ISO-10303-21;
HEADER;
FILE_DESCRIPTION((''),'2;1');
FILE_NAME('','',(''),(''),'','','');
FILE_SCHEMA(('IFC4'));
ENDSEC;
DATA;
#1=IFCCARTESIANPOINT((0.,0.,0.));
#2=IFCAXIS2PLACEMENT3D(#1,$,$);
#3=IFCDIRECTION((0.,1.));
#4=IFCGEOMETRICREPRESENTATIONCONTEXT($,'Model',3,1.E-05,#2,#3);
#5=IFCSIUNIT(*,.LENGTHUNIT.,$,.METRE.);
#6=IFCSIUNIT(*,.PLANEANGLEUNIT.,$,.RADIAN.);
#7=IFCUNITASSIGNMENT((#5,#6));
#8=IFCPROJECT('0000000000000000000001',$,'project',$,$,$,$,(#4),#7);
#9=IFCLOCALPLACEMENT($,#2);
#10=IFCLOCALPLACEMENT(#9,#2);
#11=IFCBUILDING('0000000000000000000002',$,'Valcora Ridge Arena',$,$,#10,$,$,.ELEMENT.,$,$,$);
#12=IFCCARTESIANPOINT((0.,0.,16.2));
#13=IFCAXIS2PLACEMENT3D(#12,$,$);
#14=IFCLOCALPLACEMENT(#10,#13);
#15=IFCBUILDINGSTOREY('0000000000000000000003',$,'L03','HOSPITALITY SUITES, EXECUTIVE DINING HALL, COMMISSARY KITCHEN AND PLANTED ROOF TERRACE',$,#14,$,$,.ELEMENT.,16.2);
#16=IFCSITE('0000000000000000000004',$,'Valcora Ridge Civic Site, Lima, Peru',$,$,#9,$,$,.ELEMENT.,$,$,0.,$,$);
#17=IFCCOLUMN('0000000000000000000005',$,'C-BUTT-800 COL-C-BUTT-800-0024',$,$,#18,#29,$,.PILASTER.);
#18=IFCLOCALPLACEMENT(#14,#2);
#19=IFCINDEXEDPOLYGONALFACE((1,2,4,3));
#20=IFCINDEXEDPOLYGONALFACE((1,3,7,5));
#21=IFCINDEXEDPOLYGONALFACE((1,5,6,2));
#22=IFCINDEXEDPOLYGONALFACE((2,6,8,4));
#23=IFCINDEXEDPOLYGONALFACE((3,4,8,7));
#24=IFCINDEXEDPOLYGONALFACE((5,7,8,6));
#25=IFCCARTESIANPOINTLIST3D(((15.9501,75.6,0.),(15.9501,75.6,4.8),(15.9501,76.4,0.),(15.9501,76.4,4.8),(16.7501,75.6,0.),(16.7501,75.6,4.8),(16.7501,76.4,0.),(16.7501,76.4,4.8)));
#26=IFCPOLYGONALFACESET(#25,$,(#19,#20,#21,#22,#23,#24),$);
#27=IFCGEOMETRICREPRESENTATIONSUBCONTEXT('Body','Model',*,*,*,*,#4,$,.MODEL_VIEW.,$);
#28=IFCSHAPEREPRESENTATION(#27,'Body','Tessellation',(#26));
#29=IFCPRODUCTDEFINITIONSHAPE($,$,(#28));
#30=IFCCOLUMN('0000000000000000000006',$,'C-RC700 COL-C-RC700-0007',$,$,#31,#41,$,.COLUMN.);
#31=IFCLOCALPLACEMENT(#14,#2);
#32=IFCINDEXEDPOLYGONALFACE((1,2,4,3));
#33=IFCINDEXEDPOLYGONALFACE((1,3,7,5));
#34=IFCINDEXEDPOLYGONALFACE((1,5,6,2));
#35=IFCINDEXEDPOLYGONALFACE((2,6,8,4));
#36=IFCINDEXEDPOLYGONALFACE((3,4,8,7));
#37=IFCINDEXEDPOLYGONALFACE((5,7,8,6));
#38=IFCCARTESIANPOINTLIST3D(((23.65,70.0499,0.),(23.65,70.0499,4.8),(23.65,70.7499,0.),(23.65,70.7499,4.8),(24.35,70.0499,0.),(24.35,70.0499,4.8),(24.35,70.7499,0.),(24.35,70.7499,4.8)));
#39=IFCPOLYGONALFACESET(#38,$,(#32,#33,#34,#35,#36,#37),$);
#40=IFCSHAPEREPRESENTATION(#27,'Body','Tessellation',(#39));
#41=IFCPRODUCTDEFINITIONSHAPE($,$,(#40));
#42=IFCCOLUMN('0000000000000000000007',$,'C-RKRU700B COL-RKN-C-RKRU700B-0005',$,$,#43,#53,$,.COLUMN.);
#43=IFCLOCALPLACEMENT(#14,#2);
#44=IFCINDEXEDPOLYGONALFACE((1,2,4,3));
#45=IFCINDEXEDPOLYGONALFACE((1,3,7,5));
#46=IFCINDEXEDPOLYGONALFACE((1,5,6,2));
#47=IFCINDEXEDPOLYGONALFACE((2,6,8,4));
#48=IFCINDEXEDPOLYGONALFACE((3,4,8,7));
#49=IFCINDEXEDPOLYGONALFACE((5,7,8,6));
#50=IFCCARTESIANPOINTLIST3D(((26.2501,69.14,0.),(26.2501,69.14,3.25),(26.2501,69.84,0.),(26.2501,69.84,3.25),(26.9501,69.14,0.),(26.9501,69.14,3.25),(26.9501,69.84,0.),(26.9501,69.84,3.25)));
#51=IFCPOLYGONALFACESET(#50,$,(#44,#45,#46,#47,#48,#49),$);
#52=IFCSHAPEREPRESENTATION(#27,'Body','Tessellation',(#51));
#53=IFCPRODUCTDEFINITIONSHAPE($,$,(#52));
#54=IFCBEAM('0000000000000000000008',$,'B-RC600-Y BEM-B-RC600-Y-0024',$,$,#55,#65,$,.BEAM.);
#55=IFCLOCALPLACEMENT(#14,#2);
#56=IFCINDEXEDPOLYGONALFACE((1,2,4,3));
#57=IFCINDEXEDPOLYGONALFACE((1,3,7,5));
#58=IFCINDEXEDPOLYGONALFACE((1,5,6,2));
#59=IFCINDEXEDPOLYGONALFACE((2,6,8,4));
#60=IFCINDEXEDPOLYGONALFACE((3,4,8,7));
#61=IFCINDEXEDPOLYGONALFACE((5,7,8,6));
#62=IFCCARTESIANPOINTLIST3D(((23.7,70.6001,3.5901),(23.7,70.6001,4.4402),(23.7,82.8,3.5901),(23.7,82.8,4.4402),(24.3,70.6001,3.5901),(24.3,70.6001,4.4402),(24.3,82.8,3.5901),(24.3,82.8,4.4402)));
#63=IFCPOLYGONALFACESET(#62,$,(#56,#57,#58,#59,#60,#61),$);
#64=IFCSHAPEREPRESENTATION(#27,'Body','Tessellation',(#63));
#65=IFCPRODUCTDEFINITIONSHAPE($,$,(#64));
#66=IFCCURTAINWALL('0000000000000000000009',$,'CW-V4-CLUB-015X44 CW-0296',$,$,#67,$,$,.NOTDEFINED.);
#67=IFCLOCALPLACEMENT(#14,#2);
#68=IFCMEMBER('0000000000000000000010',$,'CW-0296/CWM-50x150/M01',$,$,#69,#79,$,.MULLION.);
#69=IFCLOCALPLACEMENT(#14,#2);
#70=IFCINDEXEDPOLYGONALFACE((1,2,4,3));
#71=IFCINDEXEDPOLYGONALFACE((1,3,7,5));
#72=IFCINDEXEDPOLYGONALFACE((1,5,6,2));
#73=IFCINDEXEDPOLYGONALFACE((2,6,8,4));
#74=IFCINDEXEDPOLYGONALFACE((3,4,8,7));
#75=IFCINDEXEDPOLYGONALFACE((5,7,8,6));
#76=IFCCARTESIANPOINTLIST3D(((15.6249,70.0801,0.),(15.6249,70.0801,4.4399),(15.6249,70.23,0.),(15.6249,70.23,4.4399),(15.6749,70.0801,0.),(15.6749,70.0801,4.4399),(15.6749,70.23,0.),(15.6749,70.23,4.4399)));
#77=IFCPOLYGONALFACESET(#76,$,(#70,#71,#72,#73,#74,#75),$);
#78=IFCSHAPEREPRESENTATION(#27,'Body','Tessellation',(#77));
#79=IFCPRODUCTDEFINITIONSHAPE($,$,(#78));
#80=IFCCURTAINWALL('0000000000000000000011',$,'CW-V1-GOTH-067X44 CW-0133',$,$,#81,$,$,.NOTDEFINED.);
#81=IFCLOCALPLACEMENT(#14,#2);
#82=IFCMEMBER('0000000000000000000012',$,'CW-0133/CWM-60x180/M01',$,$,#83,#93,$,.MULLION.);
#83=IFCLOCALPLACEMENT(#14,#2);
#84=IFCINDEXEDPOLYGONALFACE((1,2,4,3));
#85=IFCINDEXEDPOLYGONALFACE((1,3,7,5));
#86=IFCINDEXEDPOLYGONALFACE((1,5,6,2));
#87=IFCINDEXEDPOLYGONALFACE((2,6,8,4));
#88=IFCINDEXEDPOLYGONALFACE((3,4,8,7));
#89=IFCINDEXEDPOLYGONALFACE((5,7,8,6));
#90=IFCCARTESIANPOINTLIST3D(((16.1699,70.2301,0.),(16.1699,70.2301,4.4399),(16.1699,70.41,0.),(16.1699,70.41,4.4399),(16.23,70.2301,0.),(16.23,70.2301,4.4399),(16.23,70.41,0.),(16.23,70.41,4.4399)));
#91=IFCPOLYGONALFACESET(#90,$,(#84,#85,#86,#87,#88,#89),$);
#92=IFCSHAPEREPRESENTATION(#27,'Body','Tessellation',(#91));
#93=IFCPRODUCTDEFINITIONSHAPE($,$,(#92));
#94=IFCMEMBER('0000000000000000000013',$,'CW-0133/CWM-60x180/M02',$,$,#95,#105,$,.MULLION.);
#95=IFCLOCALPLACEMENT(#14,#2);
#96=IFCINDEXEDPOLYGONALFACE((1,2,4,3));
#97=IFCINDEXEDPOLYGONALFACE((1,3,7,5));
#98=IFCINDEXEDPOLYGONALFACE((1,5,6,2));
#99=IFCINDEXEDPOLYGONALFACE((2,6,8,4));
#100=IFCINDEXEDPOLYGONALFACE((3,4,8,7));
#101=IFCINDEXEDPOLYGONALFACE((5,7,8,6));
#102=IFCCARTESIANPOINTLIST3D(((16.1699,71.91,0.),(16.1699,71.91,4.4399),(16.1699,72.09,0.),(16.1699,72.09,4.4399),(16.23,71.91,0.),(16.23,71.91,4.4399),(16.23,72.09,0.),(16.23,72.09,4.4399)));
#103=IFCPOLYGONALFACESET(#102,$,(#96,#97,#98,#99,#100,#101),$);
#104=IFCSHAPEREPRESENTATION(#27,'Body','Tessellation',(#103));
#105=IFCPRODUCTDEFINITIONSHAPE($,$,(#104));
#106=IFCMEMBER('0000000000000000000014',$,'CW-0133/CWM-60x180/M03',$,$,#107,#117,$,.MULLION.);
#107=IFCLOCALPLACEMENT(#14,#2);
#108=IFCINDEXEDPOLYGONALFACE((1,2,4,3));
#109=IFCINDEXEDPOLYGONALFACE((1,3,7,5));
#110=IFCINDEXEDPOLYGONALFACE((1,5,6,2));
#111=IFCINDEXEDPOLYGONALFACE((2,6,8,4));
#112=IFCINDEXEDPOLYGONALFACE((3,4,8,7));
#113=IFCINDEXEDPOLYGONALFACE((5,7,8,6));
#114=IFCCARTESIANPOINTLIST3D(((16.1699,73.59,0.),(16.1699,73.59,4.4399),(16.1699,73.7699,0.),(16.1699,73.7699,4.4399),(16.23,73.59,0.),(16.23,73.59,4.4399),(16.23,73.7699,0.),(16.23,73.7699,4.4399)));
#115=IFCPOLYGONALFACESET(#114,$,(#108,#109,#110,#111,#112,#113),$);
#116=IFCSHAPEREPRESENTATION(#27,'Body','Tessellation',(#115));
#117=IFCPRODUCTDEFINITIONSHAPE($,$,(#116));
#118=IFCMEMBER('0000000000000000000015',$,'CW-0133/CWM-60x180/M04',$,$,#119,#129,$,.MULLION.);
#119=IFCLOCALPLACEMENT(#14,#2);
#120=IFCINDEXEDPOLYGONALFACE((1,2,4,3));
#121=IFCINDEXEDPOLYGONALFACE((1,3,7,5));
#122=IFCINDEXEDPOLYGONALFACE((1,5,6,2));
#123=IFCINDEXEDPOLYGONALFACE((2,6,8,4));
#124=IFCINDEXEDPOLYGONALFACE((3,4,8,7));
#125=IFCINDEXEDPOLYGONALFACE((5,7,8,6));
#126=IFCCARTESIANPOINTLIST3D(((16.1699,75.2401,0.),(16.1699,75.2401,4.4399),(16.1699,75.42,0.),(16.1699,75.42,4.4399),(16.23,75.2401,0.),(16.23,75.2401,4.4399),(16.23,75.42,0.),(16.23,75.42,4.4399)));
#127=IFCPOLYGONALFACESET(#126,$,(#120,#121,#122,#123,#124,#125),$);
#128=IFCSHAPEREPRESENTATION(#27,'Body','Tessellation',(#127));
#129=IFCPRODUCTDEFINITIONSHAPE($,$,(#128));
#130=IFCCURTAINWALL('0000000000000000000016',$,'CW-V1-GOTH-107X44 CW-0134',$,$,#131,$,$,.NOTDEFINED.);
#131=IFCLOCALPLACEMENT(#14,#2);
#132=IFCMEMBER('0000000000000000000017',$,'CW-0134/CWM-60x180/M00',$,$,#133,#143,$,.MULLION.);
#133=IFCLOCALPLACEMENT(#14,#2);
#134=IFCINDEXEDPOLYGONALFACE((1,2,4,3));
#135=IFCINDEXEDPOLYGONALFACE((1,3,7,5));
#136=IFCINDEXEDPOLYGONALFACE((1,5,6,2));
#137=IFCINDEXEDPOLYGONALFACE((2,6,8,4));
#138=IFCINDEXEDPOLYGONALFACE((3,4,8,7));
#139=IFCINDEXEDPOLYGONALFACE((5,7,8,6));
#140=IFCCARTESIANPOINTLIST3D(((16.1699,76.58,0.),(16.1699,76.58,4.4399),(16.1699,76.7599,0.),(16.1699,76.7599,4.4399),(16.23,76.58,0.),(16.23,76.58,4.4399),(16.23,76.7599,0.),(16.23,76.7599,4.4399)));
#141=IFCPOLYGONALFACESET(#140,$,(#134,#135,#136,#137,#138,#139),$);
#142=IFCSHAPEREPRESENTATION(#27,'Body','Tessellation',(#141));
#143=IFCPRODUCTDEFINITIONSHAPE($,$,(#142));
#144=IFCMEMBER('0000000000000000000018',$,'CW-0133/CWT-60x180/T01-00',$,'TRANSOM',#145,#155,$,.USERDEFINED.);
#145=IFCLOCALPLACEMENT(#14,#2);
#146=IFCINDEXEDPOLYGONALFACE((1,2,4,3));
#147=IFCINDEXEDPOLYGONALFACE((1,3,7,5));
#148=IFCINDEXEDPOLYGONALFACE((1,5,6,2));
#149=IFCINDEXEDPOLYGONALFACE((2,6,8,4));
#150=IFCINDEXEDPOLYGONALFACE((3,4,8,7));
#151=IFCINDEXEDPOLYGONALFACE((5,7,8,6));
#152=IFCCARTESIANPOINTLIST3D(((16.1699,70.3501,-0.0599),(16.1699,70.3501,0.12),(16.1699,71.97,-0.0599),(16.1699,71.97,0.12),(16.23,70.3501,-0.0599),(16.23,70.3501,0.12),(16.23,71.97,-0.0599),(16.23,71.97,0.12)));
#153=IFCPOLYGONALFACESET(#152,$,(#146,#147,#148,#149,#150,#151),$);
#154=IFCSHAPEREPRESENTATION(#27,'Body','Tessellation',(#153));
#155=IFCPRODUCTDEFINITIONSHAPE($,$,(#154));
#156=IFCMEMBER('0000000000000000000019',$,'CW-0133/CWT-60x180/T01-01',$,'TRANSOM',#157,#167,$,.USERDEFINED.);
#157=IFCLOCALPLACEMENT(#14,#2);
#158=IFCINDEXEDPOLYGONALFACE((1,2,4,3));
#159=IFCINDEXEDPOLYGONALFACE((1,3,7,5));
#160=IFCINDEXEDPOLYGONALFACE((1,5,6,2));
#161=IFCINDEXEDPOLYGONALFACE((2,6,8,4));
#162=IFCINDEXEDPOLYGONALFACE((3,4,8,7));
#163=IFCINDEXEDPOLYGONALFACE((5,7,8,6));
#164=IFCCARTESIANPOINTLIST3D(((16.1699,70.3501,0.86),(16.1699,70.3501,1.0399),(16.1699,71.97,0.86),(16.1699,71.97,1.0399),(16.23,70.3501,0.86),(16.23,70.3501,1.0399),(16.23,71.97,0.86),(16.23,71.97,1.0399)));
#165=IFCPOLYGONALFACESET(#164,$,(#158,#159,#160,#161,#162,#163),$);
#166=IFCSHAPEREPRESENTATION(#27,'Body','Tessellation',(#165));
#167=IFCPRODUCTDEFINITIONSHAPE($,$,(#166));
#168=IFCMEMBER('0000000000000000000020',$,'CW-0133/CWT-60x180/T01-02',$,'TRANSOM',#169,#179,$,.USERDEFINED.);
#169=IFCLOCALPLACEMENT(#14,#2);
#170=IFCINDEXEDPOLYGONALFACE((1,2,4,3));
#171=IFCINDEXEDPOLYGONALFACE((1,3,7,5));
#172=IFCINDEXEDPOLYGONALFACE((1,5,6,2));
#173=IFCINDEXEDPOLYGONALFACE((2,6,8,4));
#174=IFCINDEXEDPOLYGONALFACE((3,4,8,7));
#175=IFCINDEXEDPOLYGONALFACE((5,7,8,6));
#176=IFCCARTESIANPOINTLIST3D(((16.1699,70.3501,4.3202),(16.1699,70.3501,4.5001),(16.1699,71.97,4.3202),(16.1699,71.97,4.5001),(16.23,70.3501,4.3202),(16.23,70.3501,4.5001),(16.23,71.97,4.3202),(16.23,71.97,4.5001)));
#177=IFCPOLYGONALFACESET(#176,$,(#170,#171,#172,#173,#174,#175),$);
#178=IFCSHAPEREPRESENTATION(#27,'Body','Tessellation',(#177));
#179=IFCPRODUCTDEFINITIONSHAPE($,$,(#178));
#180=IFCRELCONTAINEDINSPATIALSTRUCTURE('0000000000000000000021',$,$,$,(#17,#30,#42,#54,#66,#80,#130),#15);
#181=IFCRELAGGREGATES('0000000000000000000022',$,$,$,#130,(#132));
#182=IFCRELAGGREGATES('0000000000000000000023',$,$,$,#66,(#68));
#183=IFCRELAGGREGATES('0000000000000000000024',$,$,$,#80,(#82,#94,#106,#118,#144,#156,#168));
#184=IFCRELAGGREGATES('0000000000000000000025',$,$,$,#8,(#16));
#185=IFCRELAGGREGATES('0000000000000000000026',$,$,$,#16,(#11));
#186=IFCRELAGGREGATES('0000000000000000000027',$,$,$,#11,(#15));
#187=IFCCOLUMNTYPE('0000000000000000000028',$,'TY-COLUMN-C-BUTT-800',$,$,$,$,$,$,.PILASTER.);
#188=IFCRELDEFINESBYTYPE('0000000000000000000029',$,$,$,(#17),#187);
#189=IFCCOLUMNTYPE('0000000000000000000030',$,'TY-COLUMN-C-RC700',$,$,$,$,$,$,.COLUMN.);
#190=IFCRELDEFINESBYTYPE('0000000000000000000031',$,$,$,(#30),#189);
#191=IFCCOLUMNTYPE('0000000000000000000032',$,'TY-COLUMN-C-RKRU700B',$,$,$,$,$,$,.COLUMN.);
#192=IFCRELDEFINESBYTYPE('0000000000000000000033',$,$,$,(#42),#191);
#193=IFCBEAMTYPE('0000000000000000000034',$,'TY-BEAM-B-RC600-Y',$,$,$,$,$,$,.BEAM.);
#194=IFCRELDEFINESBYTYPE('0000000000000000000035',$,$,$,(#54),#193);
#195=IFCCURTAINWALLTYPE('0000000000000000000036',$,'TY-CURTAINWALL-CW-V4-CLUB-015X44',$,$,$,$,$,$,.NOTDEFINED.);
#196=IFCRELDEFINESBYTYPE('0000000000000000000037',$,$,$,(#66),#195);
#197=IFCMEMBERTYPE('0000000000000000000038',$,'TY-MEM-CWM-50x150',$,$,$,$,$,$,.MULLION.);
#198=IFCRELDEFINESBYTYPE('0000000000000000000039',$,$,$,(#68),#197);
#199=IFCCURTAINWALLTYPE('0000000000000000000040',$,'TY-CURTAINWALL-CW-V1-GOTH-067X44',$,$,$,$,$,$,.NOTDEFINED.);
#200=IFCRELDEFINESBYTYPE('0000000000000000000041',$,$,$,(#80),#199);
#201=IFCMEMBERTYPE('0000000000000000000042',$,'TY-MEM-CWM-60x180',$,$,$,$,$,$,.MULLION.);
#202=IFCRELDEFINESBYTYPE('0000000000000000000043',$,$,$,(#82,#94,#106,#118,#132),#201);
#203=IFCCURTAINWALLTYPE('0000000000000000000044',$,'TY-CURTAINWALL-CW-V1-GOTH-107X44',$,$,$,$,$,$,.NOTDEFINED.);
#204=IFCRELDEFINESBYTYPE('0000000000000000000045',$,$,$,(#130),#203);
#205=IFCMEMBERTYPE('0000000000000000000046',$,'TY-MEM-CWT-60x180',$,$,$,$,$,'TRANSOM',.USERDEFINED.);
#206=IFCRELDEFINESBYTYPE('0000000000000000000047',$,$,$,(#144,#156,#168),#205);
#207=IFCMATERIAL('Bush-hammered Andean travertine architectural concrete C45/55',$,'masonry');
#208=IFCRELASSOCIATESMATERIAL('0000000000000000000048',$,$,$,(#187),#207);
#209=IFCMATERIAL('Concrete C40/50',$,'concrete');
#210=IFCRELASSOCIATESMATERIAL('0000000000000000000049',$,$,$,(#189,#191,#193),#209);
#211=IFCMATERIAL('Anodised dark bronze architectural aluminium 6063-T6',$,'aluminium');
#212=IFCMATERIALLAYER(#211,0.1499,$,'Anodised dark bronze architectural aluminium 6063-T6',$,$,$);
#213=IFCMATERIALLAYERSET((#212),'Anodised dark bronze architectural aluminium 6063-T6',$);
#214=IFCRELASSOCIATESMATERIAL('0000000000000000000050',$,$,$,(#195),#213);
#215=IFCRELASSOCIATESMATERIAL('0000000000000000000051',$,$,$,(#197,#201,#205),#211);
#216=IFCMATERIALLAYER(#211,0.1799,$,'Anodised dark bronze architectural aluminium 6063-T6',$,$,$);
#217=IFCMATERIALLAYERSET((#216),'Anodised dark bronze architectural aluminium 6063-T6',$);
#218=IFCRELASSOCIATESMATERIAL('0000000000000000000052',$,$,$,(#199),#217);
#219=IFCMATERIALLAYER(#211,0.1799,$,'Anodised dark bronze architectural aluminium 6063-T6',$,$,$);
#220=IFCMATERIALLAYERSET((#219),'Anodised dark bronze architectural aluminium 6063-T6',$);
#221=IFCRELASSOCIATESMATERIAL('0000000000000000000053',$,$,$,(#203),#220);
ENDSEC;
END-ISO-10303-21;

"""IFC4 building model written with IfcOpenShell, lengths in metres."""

from ifc_helpers import new_model, si_unit, direction, frame, origin, origin_2d, place, context, subcontext, project, spatial, rectangle, extrude, material, layer, layer_set, material_profile, profile_set, type_object, element, aggregate, save


model = new_model("IFC4")

# Units and contexts
model_context = context("Model", 3, precision=1e-05, world=origin(), true_north=direction((0.0, 1.0)))
body_context = subcontext(model_context, "Body", "Model", "MODEL_VIEW")
ifc_project = project(units=[si_unit("LENGTHUNIT", "METRE"), si_unit("PLANEANGLEUNIT", "RADIAN")], contexts=[model_context])

# Site, building, storey
site_placement = place(None, origin())
site = spatial("IfcSite", under=ifc_project, at=site_placement, Name="Valcora Ridge Civic Site, Lima, Peru", CompositionType="ELEMENT", RefElevation=0.0)
building_placement = place(site_placement, origin())
building = spatial("IfcBuilding", under=site, at=building_placement, Name="Valcora Ridge Arena", CompositionType="ELEMENT")
storey_placement = place(building_placement, frame((0.0, 0.0, 16.2)))
storey = spatial("IfcBuildingStorey", under=building, at=storey_placement, Name="L03", Description="HOSPITALITY SUITES, EXECUTIVE DINING HALL, COMMISSARY KITCHEN AND PLANTED ROOF TERRACE", CompositionType="ELEMENT", Elevation=16.2)

# Columns
ifc_material_1 = material(Name="Bush-hammered Andean travertine architectural concrete C45/55", Category="masonry")
ifc_material_profile_1 = material_profile(ifc_material_1, rectangle(XDim=0.8, YDim=0.8, at=origin_2d()), Name="RC 800x800")
ifc_profile_set_1 = profile_set([ifc_material_profile_1], Name="Bush-hammered Andean travertine architectural concrete C45/55")
column_type_1 = type_object("IfcColumnType", Name="TY-COLUMN-C-BUTT-800", PredefinedType="PILASTER", material=ifc_profile_set_1)
column_1_placement = place(storey_placement, frame((16.3501, 76.0, 0.0), z_axis=(0.0, 0.0, 1.0), x_axis=(1.0, 0.0, 0.0)))
element("IfcColumn", 1, at=column_1_placement, inside=storey, type_object=column_type_1, Name="C-BUTT-800 COL-C-BUTT-800-0024", PredefinedType="PILASTER", context=body_context, shape_type="SweptSolid", body=[
    extrude(rectangle(XDim=0.8, YDim=0.8, at=origin_2d()), origin(), (0.0, 0.0, 1.0), 4.8),
])
ifc_material_2 = material(Name="Concrete C40/50", Category="concrete")
ifc_material_profile_2 = material_profile(ifc_material_2, rectangle(XDim=0.7, YDim=0.7, at=origin_2d()), Name="RC 700x700")
ifc_profile_set_2 = profile_set([ifc_material_profile_2], Name="Concrete C40/50")
column_type_2 = type_object("IfcColumnType", Name="TY-COLUMN-C-RC700", PredefinedType="COLUMN", material=ifc_profile_set_2)
column_2_placement = place(storey_placement, frame((24.0, 70.3999, 0.0), z_axis=(0.0, 0.0, 1.0), x_axis=(1.0, 0.0, 0.0)))
element("IfcColumn", 2, at=column_2_placement, inside=storey, type_object=column_type_2, Name="C-RC700 COL-C-RC700-0007", PredefinedType="COLUMN", context=body_context, shape_type="SweptSolid", body=[
    extrude(rectangle(XDim=0.7, YDim=0.7, at=origin_2d()), origin(), (0.0, 0.0, 1.0), 4.8),
])
ifc_material_profile_3 = material_profile(ifc_material_2, rectangle(XDim=0.7, YDim=0.7, at=origin_2d()), Name="RC 700x700")
ifc_profile_set_3 = profile_set([ifc_material_profile_3], Name="Concrete C40/50")
column_type_3 = type_object("IfcColumnType", Name="TY-COLUMN-C-RKRU700B", PredefinedType="COLUMN", material=ifc_profile_set_3)
column_3_placement = place(storey_placement, frame((26.6001, 69.49, 0.0), z_axis=(0.0, 0.0, 1.0), x_axis=(1.0, 0.0, 0.0)))
element("IfcColumn", 3, at=column_3_placement, inside=storey, type_object=column_type_3, Name="C-RKRU700B COL-RKN-C-RKRU700B-0005", PredefinedType="COLUMN", context=body_context, shape_type="SweptSolid", body=[
    extrude(rectangle(XDim=0.7, YDim=0.7, at=origin_2d()), origin(), (0.0, 0.0, 1.0), 3.25),
])

# Beam
ifc_material_profile_4 = material_profile(ifc_material_2, rectangle(XDim=0.6001, YDim=0.8501, at=origin_2d()), Name="RC 600x850")
ifc_profile_set_4 = profile_set([ifc_material_profile_4], Name="Concrete C40/50")
beam_type = type_object("IfcBeamType", Name="TY-BEAM-B-RC600-Y", PredefinedType="BEAM", material=ifc_profile_set_4)
beam_placement = place(storey_placement, frame((24.0, 70.6001, 4.0151), z_axis=(0.0, 1.0, 0.0), x_axis=(-1.0, 0.0, 0.0)))
element("IfcBeam", 4, at=beam_placement, inside=storey, type_object=beam_type, Name="B-RC600-Y BEM-B-RC600-Y-0024", PredefinedType="BEAM", context=body_context, shape_type="SweptSolid", body=[
    extrude(rectangle(XDim=0.6001, YDim=0.8501, at=origin_2d()), origin(), (0.0, 0.0, 1.0), 12.2),
])

# Curtain wall, member
ifc_material_3 = material(Name="Anodised dark bronze architectural aluminium 6063-T6", Category="aluminium")
ifc_layer_1 = layer(ifc_material_3, 0.1499, Name="Anodised dark bronze architectural aluminium 6063-T6")
ifc_layer_set_1 = layer_set([ifc_layer_1], Name="Anodised dark bronze architectural aluminium 6063-T6")
curtain_wall_type_1 = type_object("IfcCurtainWallType", Name="TY-CURTAINWALL-CW-V4-CLUB-015X44", PredefinedType="NOTDEFINED", material=ifc_layer_set_1)
curtain_wall_1_placement = place(storey_placement, origin())
curtain_wall_1 = element("IfcCurtainWall", 5, at=curtain_wall_1_placement, inside=storey, type_object=curtain_wall_type_1, Name="CW-V4-CLUB-015X44 CW-0296", PredefinedType="NOTDEFINED")
ifc_material_profile_5 = material_profile(ifc_material_3, rectangle(XDim=0.05, YDim=0.1499, at=origin_2d()), Name="ALU MULLION 50x150")
ifc_profile_set_5 = profile_set([ifc_material_profile_5], Name="Anodised dark bronze architectural aluminium 6063-T6")
member_type_1 = type_object("IfcMemberType", Name="TY-MEM-CWM-50x150", PredefinedType="MULLION", material=ifc_profile_set_5)
member_1_placement = place(storey_placement, frame((15.6499, 70.155, 0.0), z_axis=(0.0, 0.0, 1.0), x_axis=(-1.0, 0.0, 0.0)))
member_1 = element("IfcMember", 6, at=member_1_placement, type_object=member_type_1, Name="CW-0296/CWM-50x150/M01", PredefinedType="MULLION", context=body_context, shape_type="SweptSolid", body=[
    extrude(rectangle(XDim=0.05, YDim=0.1499, at=origin_2d()), origin(), (0.0, 0.0, 1.0), 4.4399),
])

# Curtain wall, members
ifc_layer_2 = layer(ifc_material_3, 0.1799, Name="Anodised dark bronze architectural aluminium 6063-T6")
ifc_layer_set_2 = layer_set([ifc_layer_2], Name="Anodised dark bronze architectural aluminium 6063-T6")
curtain_wall_type_2 = type_object("IfcCurtainWallType", Name="TY-CURTAINWALL-CW-V1-GOTH-067X44", PredefinedType="NOTDEFINED", material=ifc_layer_set_2)
curtain_wall_2_placement = place(storey_placement, origin())
curtain_wall_2 = element("IfcCurtainWall", 7, at=curtain_wall_2_placement, inside=storey, type_object=curtain_wall_type_2, Name="CW-V1-GOTH-067X44 CW-0133", PredefinedType="NOTDEFINED")
ifc_material_profile_6 = material_profile(ifc_material_3, rectangle(XDim=0.0601, YDim=0.1799, at=origin_2d()), Name="ALU MULLION 60x180")
ifc_profile_set_6 = profile_set([ifc_material_profile_6], Name="Anodised dark bronze architectural aluminium 6063-T6")
member_type_2 = type_object("IfcMemberType", Name="TY-MEM-CWM-60x180", PredefinedType="MULLION", material=ifc_profile_set_6)
member_2_placement = place(storey_placement, frame((16.2, 70.3201, 0.0), z_axis=(0.0, 0.0, 1.0), x_axis=(-1.0, 0.0, 0.0)))
member_2 = element("IfcMember", 8, at=member_2_placement, type_object=member_type_2, Name="CW-0133/CWM-60x180/M01", PredefinedType="MULLION", context=body_context, shape_type="SweptSolid", body=[
    extrude(rectangle(XDim=0.0601, YDim=0.1799, at=origin_2d()), origin(), (0.0, 0.0, 1.0), 4.4399),
])
member_3_placement = place(storey_placement, frame((16.2, 72.0, 0.0), z_axis=(0.0, 0.0, 1.0), x_axis=(-1.0, 0.0, 0.0)))
member_3 = element("IfcMember", 9, at=member_3_placement, type_object=member_type_2, Name="CW-0133/CWM-60x180/M02", PredefinedType="MULLION", context=body_context, shape_type="SweptSolid", body=[
    extrude(rectangle(XDim=0.0601, YDim=0.1799, at=origin_2d()), origin(), (0.0, 0.0, 1.0), 4.4399),
])
member_4_placement = place(storey_placement, frame((16.2, 73.6799, 0.0), z_axis=(0.0, 0.0, 1.0), x_axis=(-1.0, 0.0, 0.0)))
member_4 = element("IfcMember", 10, at=member_4_placement, type_object=member_type_2, Name="CW-0133/CWM-60x180/M03", PredefinedType="MULLION", context=body_context, shape_type="SweptSolid", body=[
    extrude(rectangle(XDim=0.0601, YDim=0.1799, at=origin_2d()), origin(), (0.0, 0.0, 1.0), 4.4399),
])
member_5_placement = place(storey_placement, frame((16.2, 75.3301, 0.0), z_axis=(0.0, 0.0, 1.0), x_axis=(-1.0, 0.0, 0.0)))
member_5 = element("IfcMember", 11, at=member_5_placement, type_object=member_type_2, Name="CW-0133/CWM-60x180/M04", PredefinedType="MULLION", context=body_context, shape_type="SweptSolid", body=[
    extrude(rectangle(XDim=0.0601, YDim=0.1799, at=origin_2d()), origin(), (0.0, 0.0, 1.0), 4.4399),
])

# Curtain wall, member
ifc_layer_3 = layer(ifc_material_3, 0.1799, Name="Anodised dark bronze architectural aluminium 6063-T6")
ifc_layer_set_3 = layer_set([ifc_layer_3], Name="Anodised dark bronze architectural aluminium 6063-T6")
curtain_wall_type_3 = type_object("IfcCurtainWallType", Name="TY-CURTAINWALL-CW-V1-GOTH-107X44", PredefinedType="NOTDEFINED", material=ifc_layer_set_3)
curtain_wall_3_placement = place(storey_placement, origin())
curtain_wall_3 = element("IfcCurtainWall", 12, at=curtain_wall_3_placement, inside=storey, type_object=curtain_wall_type_3, Name="CW-V1-GOTH-107X44 CW-0134", PredefinedType="NOTDEFINED")
member_6_placement = place(storey_placement, frame((16.2, 76.6699, 0.0), z_axis=(0.0, 0.0, 1.0), x_axis=(-1.0, 0.0, 0.0)))
member_6 = element("IfcMember", 13, at=member_6_placement, type_object=member_type_2, Name="CW-0134/CWM-60x180/M00", PredefinedType="MULLION", context=body_context, shape_type="SweptSolid", body=[
    extrude(rectangle(XDim=0.0601, YDim=0.1799, at=origin_2d()), origin(), (0.0, 0.0, 1.0), 4.4399),
])

# Members
ifc_material_profile_7 = material_profile(ifc_material_3, rectangle(XDim=0.0601, YDim=0.1799, at=origin_2d()), Name="ALU TRANSOM 60x180")
ifc_profile_set_7 = profile_set([ifc_material_profile_7], Name="Anodised dark bronze architectural aluminium 6063-T6")
member_type_3 = type_object("IfcMemberType", Name="TY-MEM-CWT-60x180", ElementType="TRANSOM", PredefinedType="USERDEFINED", material=ifc_profile_set_7)
member_7_placement = place(storey_placement, frame((16.2, 70.3501, 0.03), z_axis=(0.0, 1.0, 0.0), x_axis=(-1.0, 0.0, 0.0)))
member_7 = element("IfcMember", 14, at=member_7_placement, type_object=member_type_3, Name="CW-0133/CWT-60x180/T01-00", ObjectType="TRANSOM", PredefinedType="USERDEFINED", context=body_context, shape_type="SweptSolid", body=[
    extrude(rectangle(XDim=0.0601, YDim=0.1799, at=origin_2d()), origin(), (0.0, 0.0, 1.0), 1.6199),
])
member_8_placement = place(storey_placement, frame((16.2, 70.3501, 0.95), z_axis=(0.0, 1.0, 0.0), x_axis=(-1.0, 0.0, 0.0)))
member_8 = element("IfcMember", 15, at=member_8_placement, type_object=member_type_3, Name="CW-0133/CWT-60x180/T01-01", ObjectType="TRANSOM", PredefinedType="USERDEFINED", context=body_context, shape_type="SweptSolid", body=[
    extrude(rectangle(XDim=0.0601, YDim=0.1799, at=origin_2d()), origin(), (0.0, 0.0, 1.0), 1.6199),
])
member_9_placement = place(storey_placement, frame((16.2, 70.3501, 4.4102), z_axis=(0.0, 1.0, 0.0), x_axis=(-1.0, 0.0, 0.0)))
member_9 = element("IfcMember", 16, at=member_9_placement, type_object=member_type_3, Name="CW-0133/CWT-60x180/T01-02", ObjectType="TRANSOM", PredefinedType="USERDEFINED", context=body_context, shape_type="SweptSolid", body=[
    extrude(rectangle(XDim=0.0601, YDim=0.1799, at=origin_2d()), origin(), (0.0, 0.0, 1.0), 1.6199),
])
aggregate(curtain_wall_3, [member_6])

aggregate(curtain_wall_1, [member_1])
aggregate(curtain_wall_2, [member_2, member_3, member_4, member_5, member_7, member_8, member_9])

save(model, "model.ifc")
